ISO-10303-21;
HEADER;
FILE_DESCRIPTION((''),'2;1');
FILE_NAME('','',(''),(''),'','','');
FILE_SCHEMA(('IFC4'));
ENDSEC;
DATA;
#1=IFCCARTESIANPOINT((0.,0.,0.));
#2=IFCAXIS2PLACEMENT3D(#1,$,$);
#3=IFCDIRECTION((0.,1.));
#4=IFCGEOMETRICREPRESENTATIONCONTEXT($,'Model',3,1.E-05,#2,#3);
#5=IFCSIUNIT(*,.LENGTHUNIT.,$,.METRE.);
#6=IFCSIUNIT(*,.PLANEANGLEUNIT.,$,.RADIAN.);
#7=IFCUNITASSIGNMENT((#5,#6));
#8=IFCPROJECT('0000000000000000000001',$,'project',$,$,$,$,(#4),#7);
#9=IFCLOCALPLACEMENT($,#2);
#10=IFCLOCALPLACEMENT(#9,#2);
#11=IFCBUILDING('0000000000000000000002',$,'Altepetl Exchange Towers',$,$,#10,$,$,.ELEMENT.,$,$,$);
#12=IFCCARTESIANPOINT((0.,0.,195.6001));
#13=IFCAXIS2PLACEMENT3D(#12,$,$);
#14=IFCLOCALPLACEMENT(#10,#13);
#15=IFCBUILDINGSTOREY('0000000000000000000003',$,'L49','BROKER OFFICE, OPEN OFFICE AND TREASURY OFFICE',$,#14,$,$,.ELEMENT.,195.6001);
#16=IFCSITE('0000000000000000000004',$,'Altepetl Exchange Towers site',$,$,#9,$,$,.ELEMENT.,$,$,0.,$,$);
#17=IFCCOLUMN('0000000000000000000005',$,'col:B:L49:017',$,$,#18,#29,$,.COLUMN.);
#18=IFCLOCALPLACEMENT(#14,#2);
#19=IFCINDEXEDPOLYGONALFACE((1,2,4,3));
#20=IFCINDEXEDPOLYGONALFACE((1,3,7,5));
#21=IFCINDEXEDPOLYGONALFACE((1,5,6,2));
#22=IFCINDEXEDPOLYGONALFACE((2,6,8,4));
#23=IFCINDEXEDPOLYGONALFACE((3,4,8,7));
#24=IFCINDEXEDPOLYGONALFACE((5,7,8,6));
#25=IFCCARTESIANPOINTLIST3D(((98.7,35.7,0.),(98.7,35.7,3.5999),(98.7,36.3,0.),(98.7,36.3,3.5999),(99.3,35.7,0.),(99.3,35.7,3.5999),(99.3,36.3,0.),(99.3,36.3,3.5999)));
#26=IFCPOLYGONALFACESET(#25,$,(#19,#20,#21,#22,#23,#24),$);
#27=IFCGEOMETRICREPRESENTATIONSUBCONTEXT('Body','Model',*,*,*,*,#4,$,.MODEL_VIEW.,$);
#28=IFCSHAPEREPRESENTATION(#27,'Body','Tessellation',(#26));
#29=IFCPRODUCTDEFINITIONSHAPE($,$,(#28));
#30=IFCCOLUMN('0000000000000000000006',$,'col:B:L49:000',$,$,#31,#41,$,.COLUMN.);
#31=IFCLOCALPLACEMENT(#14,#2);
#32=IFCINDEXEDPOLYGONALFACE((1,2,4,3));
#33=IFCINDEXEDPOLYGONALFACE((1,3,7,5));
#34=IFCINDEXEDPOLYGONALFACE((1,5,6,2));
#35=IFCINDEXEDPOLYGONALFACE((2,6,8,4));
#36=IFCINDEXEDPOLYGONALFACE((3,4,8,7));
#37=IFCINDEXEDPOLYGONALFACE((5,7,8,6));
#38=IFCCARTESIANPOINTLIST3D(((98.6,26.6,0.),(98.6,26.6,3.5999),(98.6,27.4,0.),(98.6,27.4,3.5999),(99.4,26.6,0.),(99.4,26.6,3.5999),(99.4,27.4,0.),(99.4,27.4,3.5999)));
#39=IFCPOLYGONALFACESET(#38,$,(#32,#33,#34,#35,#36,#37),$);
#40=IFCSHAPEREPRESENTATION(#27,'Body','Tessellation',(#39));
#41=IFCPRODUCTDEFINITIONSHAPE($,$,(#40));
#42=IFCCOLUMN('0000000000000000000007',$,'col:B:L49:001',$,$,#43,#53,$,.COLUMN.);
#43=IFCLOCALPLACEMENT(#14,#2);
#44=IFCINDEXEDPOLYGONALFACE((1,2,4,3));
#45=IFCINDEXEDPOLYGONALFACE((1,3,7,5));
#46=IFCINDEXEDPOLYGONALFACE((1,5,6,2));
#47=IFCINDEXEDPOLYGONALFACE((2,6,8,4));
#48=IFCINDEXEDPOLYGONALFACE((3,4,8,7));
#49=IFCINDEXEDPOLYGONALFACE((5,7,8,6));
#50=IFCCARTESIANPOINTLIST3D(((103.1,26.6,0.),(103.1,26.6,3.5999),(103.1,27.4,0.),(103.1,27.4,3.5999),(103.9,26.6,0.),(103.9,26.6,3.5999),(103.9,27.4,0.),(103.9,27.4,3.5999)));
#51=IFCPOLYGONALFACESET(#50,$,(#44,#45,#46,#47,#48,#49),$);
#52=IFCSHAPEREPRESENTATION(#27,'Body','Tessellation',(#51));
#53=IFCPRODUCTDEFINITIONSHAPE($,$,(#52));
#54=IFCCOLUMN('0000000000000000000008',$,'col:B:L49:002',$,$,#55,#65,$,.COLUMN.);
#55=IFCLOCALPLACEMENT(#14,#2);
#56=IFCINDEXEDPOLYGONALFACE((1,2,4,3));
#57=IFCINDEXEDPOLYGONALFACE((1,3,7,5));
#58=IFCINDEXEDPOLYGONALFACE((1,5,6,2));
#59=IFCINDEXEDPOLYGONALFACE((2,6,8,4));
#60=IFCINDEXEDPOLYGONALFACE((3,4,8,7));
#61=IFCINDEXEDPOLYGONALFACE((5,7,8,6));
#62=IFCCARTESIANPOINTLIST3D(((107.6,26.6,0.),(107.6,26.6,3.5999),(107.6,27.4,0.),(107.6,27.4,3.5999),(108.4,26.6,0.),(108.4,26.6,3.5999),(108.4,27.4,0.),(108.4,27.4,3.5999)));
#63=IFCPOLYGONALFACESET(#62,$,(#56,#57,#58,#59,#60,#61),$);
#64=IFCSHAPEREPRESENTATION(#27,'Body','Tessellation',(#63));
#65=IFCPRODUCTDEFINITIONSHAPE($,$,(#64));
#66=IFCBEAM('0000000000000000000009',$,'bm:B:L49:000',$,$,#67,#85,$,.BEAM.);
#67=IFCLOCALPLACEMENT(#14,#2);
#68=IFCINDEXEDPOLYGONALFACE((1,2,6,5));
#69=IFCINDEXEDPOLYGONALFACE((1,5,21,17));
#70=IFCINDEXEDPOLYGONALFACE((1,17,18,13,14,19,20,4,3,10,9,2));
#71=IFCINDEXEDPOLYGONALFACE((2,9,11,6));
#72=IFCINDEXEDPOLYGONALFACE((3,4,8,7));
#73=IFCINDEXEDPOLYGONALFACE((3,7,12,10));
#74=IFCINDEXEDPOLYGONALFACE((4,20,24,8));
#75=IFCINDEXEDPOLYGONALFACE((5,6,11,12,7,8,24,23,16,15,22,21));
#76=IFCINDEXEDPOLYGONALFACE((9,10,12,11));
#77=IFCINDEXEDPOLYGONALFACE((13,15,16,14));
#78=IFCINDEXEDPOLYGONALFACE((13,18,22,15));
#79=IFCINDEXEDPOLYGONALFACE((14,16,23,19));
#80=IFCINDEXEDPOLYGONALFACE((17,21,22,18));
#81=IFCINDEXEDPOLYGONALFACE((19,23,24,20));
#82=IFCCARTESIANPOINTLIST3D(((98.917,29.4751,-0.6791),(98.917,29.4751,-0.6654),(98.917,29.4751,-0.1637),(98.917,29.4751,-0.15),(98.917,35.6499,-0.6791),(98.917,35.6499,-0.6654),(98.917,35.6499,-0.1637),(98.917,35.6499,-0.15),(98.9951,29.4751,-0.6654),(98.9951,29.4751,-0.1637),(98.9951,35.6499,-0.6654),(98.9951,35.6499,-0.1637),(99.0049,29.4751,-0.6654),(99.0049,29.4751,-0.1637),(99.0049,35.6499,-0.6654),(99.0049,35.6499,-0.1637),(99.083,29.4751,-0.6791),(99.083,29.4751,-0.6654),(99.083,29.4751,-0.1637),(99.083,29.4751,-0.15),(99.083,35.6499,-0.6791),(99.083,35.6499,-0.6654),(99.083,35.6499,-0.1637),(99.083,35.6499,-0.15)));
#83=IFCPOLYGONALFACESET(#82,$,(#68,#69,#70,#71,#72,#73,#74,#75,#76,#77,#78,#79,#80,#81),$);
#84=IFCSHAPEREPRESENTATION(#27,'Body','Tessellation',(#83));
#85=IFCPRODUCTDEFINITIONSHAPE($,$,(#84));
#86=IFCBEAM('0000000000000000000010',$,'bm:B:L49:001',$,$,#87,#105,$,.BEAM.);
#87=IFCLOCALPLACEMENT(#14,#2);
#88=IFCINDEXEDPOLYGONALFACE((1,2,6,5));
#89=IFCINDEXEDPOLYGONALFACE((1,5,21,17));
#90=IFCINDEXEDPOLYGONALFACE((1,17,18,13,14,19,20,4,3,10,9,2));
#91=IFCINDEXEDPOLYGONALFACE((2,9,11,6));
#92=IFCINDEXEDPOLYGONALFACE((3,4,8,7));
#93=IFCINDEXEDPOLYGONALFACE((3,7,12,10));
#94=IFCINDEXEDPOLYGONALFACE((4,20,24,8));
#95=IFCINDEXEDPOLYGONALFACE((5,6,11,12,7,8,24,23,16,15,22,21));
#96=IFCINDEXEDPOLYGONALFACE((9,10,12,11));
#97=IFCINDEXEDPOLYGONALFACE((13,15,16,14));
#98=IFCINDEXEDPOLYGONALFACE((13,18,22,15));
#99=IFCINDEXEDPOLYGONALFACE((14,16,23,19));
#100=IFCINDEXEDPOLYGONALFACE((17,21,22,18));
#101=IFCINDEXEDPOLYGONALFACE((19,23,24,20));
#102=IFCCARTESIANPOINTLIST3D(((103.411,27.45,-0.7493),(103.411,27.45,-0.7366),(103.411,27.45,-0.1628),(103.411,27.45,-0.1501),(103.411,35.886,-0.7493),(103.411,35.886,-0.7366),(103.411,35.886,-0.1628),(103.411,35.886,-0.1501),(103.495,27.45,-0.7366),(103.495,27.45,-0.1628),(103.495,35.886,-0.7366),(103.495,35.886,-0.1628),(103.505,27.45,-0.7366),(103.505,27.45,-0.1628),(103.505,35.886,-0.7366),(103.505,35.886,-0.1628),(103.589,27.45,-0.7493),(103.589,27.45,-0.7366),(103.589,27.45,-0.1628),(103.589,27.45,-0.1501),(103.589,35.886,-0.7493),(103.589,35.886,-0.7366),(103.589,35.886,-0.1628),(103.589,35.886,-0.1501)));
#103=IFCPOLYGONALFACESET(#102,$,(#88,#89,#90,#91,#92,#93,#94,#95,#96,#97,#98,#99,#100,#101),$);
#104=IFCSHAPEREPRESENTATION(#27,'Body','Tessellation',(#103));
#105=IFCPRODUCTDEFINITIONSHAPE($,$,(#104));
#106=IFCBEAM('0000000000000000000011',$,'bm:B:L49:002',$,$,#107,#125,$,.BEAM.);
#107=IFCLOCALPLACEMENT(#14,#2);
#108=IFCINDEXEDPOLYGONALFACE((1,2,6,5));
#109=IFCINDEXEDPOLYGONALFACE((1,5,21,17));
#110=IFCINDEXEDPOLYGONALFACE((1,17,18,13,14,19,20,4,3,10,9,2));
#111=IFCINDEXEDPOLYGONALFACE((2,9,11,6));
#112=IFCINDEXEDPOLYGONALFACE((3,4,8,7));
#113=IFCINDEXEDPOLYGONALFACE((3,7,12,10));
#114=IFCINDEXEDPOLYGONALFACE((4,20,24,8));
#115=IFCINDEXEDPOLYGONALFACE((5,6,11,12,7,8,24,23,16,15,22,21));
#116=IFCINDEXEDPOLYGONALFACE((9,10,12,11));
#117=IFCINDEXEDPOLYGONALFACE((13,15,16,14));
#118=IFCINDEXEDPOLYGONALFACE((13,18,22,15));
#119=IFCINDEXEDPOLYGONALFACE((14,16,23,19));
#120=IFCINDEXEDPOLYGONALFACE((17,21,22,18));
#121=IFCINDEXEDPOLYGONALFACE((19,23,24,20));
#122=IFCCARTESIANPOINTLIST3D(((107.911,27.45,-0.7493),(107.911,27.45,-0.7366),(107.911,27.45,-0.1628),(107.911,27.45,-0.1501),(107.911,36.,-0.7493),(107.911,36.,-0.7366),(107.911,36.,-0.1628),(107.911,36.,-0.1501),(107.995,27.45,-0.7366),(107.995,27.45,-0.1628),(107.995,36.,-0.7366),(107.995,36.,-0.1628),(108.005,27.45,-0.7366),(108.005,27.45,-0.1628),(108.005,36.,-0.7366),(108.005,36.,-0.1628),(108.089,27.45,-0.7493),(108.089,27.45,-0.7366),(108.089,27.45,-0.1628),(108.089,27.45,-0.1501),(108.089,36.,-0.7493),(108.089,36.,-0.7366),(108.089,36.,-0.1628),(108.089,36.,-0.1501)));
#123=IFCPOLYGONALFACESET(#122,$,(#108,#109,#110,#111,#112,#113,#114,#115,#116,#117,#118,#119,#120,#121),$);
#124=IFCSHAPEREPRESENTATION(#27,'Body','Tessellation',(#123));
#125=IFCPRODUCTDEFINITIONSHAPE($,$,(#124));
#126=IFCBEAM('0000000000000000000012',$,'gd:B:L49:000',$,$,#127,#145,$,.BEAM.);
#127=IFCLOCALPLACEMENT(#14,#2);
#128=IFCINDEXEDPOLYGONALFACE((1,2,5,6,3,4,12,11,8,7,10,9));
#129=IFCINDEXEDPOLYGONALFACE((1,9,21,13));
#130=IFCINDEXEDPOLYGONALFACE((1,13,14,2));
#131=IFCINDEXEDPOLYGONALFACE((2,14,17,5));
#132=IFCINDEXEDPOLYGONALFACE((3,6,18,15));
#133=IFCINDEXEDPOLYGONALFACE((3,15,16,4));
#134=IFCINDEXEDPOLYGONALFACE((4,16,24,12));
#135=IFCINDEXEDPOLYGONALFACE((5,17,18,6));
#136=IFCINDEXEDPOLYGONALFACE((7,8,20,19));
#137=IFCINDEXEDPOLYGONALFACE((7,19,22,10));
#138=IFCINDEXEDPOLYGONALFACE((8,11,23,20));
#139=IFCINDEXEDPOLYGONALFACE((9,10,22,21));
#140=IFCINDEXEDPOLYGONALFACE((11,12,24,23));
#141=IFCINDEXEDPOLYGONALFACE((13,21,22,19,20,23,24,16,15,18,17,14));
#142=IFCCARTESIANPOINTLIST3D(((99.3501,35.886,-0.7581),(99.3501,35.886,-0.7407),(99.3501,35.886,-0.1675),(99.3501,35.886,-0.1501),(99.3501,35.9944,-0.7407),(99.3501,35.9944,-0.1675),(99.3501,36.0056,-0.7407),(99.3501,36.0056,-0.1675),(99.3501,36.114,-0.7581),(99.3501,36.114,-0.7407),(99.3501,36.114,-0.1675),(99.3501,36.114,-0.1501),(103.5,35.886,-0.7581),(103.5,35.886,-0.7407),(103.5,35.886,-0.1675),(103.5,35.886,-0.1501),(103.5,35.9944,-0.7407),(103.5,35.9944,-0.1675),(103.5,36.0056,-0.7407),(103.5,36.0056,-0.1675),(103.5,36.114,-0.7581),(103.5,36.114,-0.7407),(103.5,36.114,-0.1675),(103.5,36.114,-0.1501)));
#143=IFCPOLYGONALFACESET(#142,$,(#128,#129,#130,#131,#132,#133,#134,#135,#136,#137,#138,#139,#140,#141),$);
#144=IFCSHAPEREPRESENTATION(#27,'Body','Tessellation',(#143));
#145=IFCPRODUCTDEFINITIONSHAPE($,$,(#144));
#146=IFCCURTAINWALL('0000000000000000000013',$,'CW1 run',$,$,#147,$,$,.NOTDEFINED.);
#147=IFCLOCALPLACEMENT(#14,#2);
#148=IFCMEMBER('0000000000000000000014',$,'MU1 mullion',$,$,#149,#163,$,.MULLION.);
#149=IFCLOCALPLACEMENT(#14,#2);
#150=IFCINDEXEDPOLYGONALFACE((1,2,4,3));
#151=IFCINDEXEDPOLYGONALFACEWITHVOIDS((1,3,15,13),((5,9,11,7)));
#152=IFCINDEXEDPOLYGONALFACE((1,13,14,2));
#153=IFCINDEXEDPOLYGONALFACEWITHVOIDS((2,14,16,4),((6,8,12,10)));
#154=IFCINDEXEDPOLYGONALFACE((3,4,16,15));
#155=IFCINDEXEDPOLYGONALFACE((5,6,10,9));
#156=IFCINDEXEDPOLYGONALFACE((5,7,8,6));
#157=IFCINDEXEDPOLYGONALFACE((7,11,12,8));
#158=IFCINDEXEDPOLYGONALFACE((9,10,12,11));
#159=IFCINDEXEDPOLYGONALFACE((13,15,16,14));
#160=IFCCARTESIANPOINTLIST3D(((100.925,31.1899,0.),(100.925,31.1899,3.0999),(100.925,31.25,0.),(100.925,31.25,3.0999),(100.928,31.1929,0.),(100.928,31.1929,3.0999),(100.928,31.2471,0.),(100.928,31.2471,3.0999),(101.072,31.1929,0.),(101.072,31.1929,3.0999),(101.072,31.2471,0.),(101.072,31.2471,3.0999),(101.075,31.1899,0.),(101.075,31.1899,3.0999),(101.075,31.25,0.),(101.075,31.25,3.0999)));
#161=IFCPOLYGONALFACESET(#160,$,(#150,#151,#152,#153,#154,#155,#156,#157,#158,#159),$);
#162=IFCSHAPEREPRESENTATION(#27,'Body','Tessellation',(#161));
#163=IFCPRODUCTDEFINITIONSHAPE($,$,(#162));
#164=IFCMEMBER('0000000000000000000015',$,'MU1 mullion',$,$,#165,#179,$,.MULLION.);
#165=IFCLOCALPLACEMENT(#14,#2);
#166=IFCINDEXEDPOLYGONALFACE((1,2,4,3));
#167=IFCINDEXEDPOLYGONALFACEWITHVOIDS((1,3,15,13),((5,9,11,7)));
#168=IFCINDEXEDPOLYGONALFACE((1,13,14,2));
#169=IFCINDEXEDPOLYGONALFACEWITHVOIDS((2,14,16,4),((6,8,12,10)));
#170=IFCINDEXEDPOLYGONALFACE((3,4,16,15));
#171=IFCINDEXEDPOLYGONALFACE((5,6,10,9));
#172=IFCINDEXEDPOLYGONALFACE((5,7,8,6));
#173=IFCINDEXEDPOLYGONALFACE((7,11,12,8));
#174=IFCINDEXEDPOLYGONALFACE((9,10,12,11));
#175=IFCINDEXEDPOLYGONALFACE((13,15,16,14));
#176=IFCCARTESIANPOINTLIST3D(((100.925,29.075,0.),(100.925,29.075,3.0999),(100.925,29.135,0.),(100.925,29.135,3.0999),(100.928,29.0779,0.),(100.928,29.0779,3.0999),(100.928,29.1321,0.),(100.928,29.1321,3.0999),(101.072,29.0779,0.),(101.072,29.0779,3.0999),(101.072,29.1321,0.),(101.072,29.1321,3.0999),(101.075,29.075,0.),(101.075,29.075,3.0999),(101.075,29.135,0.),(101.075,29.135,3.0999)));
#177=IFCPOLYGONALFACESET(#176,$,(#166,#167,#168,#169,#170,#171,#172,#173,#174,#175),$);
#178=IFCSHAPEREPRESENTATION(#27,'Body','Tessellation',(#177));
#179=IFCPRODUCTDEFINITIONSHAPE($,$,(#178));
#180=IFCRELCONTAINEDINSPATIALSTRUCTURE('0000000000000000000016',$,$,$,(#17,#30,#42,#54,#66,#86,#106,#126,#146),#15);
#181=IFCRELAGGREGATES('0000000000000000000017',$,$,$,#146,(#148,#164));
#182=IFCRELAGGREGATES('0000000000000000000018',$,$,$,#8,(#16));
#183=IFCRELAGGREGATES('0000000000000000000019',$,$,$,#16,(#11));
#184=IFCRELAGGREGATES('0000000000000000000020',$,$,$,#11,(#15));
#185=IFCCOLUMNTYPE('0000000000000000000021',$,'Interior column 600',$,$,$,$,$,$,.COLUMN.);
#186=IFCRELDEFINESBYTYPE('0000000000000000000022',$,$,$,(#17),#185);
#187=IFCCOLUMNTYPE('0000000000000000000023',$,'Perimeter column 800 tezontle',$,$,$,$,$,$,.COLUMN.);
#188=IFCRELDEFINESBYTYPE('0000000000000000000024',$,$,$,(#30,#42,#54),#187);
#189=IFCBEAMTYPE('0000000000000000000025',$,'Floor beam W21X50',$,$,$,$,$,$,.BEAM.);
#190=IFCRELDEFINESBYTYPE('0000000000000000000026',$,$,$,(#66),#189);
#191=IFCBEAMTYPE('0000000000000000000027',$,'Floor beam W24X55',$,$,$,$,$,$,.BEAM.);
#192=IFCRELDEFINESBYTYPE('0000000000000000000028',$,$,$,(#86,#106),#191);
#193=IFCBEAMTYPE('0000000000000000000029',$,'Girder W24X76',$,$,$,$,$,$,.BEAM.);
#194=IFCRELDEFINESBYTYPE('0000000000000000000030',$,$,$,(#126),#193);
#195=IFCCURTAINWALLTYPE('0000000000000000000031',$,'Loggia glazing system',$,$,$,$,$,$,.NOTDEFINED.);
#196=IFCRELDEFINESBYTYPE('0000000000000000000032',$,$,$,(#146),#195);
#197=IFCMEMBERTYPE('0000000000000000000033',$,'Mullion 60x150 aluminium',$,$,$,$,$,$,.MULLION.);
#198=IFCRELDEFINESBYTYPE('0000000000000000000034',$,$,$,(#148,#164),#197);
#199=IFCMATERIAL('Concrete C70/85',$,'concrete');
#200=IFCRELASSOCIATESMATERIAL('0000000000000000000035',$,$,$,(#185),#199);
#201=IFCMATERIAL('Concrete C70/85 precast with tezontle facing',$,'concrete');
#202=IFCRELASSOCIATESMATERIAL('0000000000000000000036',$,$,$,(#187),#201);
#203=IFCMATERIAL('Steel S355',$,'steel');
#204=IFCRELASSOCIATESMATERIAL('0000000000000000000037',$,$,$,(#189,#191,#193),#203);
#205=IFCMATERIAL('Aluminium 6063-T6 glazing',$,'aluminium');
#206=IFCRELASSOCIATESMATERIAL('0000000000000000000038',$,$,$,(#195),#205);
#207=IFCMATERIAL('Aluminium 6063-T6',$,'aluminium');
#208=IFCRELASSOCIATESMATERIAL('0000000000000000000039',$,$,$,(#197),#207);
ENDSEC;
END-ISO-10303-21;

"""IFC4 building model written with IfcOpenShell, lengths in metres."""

from ifc_helpers import new_model, si_unit, direction, frame, origin, origin_2d, place, context, subcontext, project, spatial, rectangle, hollow_rectangle, i_section, extrude, material, material_profile, profile_set, type_object, element, aggregate, save


model = new_model("IFC4")

# Units and contexts
model_context = context("Model", 3, precision=1e-05, world=origin(), true_north=direction((0.0, 1.0)))
body_context = subcontext(model_context, "Body", "Model", "MODEL_VIEW")
ifc_project = project(units=[si_unit("LENGTHUNIT", "METRE"), si_unit("PLANEANGLEUNIT", "RADIAN")], contexts=[model_context])

# Site, building, storey
site_placement = place(None, origin())
site = spatial("IfcSite", under=ifc_project, at=site_placement, Name="Altepetl Exchange Towers site", CompositionType="ELEMENT", RefElevation=0.0)
building_placement = place(site_placement, origin())
building = spatial("IfcBuilding", under=site, at=building_placement, Name="Altepetl Exchange Towers", CompositionType="ELEMENT")
storey_placement = place(building_placement, frame((0.0, 0.0, 195.6001)))
storey = spatial("IfcBuildingStorey", under=building, at=storey_placement, Name="L49", Description="BROKER OFFICE, OPEN OFFICE AND TREASURY OFFICE", CompositionType="ELEMENT", Elevation=195.6001)

# Columns
ifc_material_1 = material(Name="Concrete C70/85", Category="concrete")
ifc_material_profile_1 = material_profile(ifc_material_1, rectangle(XDim=0.6001, YDim=0.6001, at=origin_2d()), Name="600 x 600")
ifc_profile_set_1 = profile_set([ifc_material_profile_1], Name="Concrete C70/85")
column_type_1 = type_object("IfcColumnType", Name="Interior column 600", PredefinedType="COLUMN", material=ifc_profile_set_1)
column_placement = place(storey_placement, frame((99.0, 36.0, 0.0)))
element("IfcColumn", 1, at=column_placement, inside=storey, type_object=column_type_1, Name="col:B:L49:017", PredefinedType="COLUMN", context=body_context, shape_type="SweptSolid", body=[
    extrude(rectangle(XDim=0.6001, YDim=0.6001, at=origin_2d()), origin(), (0.0, 0.0, 1.0), 3.5999),
])
ifc_material_2 = material(Name="Concrete C70/85 precast with tezontle facing", Category="concrete")
ifc_material_profile_2 = material_profile(ifc_material_2, rectangle(XDim=0.8, YDim=0.8, at=origin_2d()), Name="800 x 800")
ifc_profile_set_2 = profile_set([ifc_material_profile_2], Name="Concrete C70/85 precast with tezontle facing")
column_type_2 = type_object("IfcColumnType", Name="Perimeter column 800 tezontle", PredefinedType="COLUMN", material=ifc_profile_set_2)
for number, where, name in (
    (2, (99.0, 27.0, 0.0), "col:B:L49:000"),
    (3, (103.5, 27.0, 0.0), "col:B:L49:001"),
    (4, (108.0, 27.0, 0.0), "col:B:L49:002"),
):
    element("IfcColumn", number, at=place(storey_placement, frame(where)), inside=storey, type_object=column_type_2, Name=name, PredefinedType="COLUMN", context=body_context, shape_type="SweptSolid", body=[
        extrude(rectangle(XDim=0.8, YDim=0.8, at=origin_2d()), origin(), (0.0, 0.0, 1.0), 3.5999),
    ])

# Beams
ifc_material_3 = material(Name="Steel S355", Category="steel")
ifc_material_profile_3 = material_profile(ifc_material_3, i_section(OverallWidth=0.166, OverallDepth=0.5291, WebThickness=0.0098, FlangeThickness=0.0137, at=origin_2d()), Name="W21X50")
ifc_profile_set_3 = profile_set([ifc_material_profile_3], Name="Steel S355")
beam_type_1 = type_object("IfcBeamType", Name="Floor beam W21X50", PredefinedType="BEAM", material=ifc_profile_set_3)
beam_1_placement = place(storey_placement, frame((99.0, 29.4751, -0.4146), z_axis=(0.0, 1.0, 0.0), x_axis=(-1.0, 0.0, 0.0)))
element("IfcBeam", 5, at=beam_1_placement, inside=storey, type_object=beam_type_1, Name="bm:B:L49:000", PredefinedType="BEAM", context=body_context, shape_type="SweptSolid", body=[
    extrude(i_section(OverallWidth=0.166, OverallDepth=0.5291, WebThickness=0.0098, FlangeThickness=0.0137, at=origin_2d()), origin(), (0.0, 0.0, 1.0), 6.1748),
])
ifc_material_profile_4 = material_profile(ifc_material_3, i_section(OverallWidth=0.178, OverallDepth=0.5991, WebThickness=0.01, FlangeThickness=0.0127, at=origin_2d()), Name="W24X55")
ifc_profile_set_4 = profile_set([ifc_material_profile_4], Name="Steel S355")
beam_type_2 = type_object("IfcBeamType", Name="Floor beam W24X55", PredefinedType="BEAM", material=ifc_profile_set_4)
beam_2_placement = place(storey_placement, frame((103.5, 27.45, -0.4497), z_axis=(0.0, 1.0, 0.0), x_axis=(-1.0, 0.0, 0.0)))
element("IfcBeam", 6, at=beam_2_placement, inside=storey, type_object=beam_type_2, Name="bm:B:L49:001", PredefinedType="BEAM", context=body_context, shape_type="SweptSolid", body=[
    extrude(i_section(OverallWidth=0.178, OverallDepth=0.5991, WebThickness=0.01, FlangeThickness=0.0127, at=origin_2d()), origin(), (0.0, 0.0, 1.0), 8.436),
])
beam_3_placement = place(storey_placement, frame((108.0, 27.45, -0.4497), z_axis=(0.0, 1.0, 0.0), x_axis=(-1.0, 0.0, 0.0)))
element("IfcBeam", 7, at=beam_3_placement, inside=storey, type_object=beam_type_2, Name="bm:B:L49:002", PredefinedType="BEAM", context=body_context, shape_type="SweptSolid", body=[
    extrude(i_section(OverallWidth=0.178, OverallDepth=0.5991, WebThickness=0.01, FlangeThickness=0.0127, at=origin_2d()), origin(), (0.0, 0.0, 1.0), 8.55),
])
ifc_material_profile_5 = material_profile(ifc_material_3, i_section(OverallWidth=0.228, OverallDepth=0.6079, WebThickness=0.0112, FlangeThickness=0.0173, at=origin_2d()), Name="W24X76")
ifc_profile_set_5 = profile_set([ifc_material_profile_5], Name="Steel S355")
beam_type_3 = type_object("IfcBeamType", Name="Girder W24X76", PredefinedType="BEAM", material=ifc_profile_set_5)
beam_4_placement = place(storey_placement, frame((103.5, 36.0, -0.4541), z_axis=(-1.0, 0.0, 0.0), x_axis=(0.0, -1.0, 0.0)))
element("IfcBeam", 8, at=beam_4_placement, inside=storey, type_object=beam_type_3, Name="gd:B:L49:000", PredefinedType="BEAM", context=body_context, shape_type="SweptSolid", body=[
    extrude(i_section(OverallWidth=0.228, OverallDepth=0.6079, WebThickness=0.0112, FlangeThickness=0.0173, at=origin_2d()), origin(), (0.0, 0.0, 1.0), 4.1499),
])

# Curtain wall, members
ifc_material_4 = material(Name="Aluminium 6063-T6 glazing", Category="aluminium")
curtain_wall_type = type_object("IfcCurtainWallType", Name="Loggia glazing system", PredefinedType="NOTDEFINED", material=ifc_material_4)
curtain_wall_1_placement = place(storey_placement, origin())
curtain_wall_1 = element("IfcCurtainWall", 9, at=curtain_wall_1_placement, inside=storey, type_object=curtain_wall_type, Name="CW1 run", PredefinedType="NOTDEFINED")
ifc_material_5 = material(Name="Aluminium 6063-T6", Category="aluminium")
ifc_material_profile_6 = material_profile(ifc_material_5, hollow_rectangle(XDim=0.0601, YDim=0.1499, WallThickness=0.0029, at=origin_2d()), Name="Mullion 60x150 aluminium")
ifc_profile_set_6 = profile_set([ifc_material_profile_6], Name="Aluminium 6063-T6")
member_type = type_object("IfcMemberType", Name="Mullion 60x150 aluminium", PredefinedType="MULLION", material=ifc_profile_set_6)
member_1_placement = place(storey_placement, frame((101.0, 31.22, 0.0), z_axis=(0.0, 0.0, 1.0), x_axis=(0.0, -1.0, 0.0)))
member_1 = element("IfcMember", 10, at=member_1_placement, type_object=member_type, Name="MU1 mullion", PredefinedType="MULLION", context=body_context, shape_type="SweptSolid", body=[
    extrude(hollow_rectangle(XDim=0.0601, YDim=0.1499, WallThickness=0.0029, at=origin_2d()), origin(), (0.0, 0.0, 1.0), 3.0999),
])
member_2_placement = place(storey_placement, frame((101.0, 29.105, 0.0), z_axis=(0.0, 0.0, 1.0), x_axis=(0.0, -1.0, 0.0)))
member_2 = element("IfcMember", 11, at=member_2_placement, type_object=member_type, Name="MU1 mullion", PredefinedType="MULLION", context=body_context, shape_type="SweptSolid", body=[
    extrude(hollow_rectangle(XDim=0.0601, YDim=0.1499, WallThickness=0.0029, at=origin_2d()), origin(), (0.0, 0.0, 1.0), 3.0999),
])

aggregate(curtain_wall_1, [member_1, member_2])

save(model, "model.ifc")
